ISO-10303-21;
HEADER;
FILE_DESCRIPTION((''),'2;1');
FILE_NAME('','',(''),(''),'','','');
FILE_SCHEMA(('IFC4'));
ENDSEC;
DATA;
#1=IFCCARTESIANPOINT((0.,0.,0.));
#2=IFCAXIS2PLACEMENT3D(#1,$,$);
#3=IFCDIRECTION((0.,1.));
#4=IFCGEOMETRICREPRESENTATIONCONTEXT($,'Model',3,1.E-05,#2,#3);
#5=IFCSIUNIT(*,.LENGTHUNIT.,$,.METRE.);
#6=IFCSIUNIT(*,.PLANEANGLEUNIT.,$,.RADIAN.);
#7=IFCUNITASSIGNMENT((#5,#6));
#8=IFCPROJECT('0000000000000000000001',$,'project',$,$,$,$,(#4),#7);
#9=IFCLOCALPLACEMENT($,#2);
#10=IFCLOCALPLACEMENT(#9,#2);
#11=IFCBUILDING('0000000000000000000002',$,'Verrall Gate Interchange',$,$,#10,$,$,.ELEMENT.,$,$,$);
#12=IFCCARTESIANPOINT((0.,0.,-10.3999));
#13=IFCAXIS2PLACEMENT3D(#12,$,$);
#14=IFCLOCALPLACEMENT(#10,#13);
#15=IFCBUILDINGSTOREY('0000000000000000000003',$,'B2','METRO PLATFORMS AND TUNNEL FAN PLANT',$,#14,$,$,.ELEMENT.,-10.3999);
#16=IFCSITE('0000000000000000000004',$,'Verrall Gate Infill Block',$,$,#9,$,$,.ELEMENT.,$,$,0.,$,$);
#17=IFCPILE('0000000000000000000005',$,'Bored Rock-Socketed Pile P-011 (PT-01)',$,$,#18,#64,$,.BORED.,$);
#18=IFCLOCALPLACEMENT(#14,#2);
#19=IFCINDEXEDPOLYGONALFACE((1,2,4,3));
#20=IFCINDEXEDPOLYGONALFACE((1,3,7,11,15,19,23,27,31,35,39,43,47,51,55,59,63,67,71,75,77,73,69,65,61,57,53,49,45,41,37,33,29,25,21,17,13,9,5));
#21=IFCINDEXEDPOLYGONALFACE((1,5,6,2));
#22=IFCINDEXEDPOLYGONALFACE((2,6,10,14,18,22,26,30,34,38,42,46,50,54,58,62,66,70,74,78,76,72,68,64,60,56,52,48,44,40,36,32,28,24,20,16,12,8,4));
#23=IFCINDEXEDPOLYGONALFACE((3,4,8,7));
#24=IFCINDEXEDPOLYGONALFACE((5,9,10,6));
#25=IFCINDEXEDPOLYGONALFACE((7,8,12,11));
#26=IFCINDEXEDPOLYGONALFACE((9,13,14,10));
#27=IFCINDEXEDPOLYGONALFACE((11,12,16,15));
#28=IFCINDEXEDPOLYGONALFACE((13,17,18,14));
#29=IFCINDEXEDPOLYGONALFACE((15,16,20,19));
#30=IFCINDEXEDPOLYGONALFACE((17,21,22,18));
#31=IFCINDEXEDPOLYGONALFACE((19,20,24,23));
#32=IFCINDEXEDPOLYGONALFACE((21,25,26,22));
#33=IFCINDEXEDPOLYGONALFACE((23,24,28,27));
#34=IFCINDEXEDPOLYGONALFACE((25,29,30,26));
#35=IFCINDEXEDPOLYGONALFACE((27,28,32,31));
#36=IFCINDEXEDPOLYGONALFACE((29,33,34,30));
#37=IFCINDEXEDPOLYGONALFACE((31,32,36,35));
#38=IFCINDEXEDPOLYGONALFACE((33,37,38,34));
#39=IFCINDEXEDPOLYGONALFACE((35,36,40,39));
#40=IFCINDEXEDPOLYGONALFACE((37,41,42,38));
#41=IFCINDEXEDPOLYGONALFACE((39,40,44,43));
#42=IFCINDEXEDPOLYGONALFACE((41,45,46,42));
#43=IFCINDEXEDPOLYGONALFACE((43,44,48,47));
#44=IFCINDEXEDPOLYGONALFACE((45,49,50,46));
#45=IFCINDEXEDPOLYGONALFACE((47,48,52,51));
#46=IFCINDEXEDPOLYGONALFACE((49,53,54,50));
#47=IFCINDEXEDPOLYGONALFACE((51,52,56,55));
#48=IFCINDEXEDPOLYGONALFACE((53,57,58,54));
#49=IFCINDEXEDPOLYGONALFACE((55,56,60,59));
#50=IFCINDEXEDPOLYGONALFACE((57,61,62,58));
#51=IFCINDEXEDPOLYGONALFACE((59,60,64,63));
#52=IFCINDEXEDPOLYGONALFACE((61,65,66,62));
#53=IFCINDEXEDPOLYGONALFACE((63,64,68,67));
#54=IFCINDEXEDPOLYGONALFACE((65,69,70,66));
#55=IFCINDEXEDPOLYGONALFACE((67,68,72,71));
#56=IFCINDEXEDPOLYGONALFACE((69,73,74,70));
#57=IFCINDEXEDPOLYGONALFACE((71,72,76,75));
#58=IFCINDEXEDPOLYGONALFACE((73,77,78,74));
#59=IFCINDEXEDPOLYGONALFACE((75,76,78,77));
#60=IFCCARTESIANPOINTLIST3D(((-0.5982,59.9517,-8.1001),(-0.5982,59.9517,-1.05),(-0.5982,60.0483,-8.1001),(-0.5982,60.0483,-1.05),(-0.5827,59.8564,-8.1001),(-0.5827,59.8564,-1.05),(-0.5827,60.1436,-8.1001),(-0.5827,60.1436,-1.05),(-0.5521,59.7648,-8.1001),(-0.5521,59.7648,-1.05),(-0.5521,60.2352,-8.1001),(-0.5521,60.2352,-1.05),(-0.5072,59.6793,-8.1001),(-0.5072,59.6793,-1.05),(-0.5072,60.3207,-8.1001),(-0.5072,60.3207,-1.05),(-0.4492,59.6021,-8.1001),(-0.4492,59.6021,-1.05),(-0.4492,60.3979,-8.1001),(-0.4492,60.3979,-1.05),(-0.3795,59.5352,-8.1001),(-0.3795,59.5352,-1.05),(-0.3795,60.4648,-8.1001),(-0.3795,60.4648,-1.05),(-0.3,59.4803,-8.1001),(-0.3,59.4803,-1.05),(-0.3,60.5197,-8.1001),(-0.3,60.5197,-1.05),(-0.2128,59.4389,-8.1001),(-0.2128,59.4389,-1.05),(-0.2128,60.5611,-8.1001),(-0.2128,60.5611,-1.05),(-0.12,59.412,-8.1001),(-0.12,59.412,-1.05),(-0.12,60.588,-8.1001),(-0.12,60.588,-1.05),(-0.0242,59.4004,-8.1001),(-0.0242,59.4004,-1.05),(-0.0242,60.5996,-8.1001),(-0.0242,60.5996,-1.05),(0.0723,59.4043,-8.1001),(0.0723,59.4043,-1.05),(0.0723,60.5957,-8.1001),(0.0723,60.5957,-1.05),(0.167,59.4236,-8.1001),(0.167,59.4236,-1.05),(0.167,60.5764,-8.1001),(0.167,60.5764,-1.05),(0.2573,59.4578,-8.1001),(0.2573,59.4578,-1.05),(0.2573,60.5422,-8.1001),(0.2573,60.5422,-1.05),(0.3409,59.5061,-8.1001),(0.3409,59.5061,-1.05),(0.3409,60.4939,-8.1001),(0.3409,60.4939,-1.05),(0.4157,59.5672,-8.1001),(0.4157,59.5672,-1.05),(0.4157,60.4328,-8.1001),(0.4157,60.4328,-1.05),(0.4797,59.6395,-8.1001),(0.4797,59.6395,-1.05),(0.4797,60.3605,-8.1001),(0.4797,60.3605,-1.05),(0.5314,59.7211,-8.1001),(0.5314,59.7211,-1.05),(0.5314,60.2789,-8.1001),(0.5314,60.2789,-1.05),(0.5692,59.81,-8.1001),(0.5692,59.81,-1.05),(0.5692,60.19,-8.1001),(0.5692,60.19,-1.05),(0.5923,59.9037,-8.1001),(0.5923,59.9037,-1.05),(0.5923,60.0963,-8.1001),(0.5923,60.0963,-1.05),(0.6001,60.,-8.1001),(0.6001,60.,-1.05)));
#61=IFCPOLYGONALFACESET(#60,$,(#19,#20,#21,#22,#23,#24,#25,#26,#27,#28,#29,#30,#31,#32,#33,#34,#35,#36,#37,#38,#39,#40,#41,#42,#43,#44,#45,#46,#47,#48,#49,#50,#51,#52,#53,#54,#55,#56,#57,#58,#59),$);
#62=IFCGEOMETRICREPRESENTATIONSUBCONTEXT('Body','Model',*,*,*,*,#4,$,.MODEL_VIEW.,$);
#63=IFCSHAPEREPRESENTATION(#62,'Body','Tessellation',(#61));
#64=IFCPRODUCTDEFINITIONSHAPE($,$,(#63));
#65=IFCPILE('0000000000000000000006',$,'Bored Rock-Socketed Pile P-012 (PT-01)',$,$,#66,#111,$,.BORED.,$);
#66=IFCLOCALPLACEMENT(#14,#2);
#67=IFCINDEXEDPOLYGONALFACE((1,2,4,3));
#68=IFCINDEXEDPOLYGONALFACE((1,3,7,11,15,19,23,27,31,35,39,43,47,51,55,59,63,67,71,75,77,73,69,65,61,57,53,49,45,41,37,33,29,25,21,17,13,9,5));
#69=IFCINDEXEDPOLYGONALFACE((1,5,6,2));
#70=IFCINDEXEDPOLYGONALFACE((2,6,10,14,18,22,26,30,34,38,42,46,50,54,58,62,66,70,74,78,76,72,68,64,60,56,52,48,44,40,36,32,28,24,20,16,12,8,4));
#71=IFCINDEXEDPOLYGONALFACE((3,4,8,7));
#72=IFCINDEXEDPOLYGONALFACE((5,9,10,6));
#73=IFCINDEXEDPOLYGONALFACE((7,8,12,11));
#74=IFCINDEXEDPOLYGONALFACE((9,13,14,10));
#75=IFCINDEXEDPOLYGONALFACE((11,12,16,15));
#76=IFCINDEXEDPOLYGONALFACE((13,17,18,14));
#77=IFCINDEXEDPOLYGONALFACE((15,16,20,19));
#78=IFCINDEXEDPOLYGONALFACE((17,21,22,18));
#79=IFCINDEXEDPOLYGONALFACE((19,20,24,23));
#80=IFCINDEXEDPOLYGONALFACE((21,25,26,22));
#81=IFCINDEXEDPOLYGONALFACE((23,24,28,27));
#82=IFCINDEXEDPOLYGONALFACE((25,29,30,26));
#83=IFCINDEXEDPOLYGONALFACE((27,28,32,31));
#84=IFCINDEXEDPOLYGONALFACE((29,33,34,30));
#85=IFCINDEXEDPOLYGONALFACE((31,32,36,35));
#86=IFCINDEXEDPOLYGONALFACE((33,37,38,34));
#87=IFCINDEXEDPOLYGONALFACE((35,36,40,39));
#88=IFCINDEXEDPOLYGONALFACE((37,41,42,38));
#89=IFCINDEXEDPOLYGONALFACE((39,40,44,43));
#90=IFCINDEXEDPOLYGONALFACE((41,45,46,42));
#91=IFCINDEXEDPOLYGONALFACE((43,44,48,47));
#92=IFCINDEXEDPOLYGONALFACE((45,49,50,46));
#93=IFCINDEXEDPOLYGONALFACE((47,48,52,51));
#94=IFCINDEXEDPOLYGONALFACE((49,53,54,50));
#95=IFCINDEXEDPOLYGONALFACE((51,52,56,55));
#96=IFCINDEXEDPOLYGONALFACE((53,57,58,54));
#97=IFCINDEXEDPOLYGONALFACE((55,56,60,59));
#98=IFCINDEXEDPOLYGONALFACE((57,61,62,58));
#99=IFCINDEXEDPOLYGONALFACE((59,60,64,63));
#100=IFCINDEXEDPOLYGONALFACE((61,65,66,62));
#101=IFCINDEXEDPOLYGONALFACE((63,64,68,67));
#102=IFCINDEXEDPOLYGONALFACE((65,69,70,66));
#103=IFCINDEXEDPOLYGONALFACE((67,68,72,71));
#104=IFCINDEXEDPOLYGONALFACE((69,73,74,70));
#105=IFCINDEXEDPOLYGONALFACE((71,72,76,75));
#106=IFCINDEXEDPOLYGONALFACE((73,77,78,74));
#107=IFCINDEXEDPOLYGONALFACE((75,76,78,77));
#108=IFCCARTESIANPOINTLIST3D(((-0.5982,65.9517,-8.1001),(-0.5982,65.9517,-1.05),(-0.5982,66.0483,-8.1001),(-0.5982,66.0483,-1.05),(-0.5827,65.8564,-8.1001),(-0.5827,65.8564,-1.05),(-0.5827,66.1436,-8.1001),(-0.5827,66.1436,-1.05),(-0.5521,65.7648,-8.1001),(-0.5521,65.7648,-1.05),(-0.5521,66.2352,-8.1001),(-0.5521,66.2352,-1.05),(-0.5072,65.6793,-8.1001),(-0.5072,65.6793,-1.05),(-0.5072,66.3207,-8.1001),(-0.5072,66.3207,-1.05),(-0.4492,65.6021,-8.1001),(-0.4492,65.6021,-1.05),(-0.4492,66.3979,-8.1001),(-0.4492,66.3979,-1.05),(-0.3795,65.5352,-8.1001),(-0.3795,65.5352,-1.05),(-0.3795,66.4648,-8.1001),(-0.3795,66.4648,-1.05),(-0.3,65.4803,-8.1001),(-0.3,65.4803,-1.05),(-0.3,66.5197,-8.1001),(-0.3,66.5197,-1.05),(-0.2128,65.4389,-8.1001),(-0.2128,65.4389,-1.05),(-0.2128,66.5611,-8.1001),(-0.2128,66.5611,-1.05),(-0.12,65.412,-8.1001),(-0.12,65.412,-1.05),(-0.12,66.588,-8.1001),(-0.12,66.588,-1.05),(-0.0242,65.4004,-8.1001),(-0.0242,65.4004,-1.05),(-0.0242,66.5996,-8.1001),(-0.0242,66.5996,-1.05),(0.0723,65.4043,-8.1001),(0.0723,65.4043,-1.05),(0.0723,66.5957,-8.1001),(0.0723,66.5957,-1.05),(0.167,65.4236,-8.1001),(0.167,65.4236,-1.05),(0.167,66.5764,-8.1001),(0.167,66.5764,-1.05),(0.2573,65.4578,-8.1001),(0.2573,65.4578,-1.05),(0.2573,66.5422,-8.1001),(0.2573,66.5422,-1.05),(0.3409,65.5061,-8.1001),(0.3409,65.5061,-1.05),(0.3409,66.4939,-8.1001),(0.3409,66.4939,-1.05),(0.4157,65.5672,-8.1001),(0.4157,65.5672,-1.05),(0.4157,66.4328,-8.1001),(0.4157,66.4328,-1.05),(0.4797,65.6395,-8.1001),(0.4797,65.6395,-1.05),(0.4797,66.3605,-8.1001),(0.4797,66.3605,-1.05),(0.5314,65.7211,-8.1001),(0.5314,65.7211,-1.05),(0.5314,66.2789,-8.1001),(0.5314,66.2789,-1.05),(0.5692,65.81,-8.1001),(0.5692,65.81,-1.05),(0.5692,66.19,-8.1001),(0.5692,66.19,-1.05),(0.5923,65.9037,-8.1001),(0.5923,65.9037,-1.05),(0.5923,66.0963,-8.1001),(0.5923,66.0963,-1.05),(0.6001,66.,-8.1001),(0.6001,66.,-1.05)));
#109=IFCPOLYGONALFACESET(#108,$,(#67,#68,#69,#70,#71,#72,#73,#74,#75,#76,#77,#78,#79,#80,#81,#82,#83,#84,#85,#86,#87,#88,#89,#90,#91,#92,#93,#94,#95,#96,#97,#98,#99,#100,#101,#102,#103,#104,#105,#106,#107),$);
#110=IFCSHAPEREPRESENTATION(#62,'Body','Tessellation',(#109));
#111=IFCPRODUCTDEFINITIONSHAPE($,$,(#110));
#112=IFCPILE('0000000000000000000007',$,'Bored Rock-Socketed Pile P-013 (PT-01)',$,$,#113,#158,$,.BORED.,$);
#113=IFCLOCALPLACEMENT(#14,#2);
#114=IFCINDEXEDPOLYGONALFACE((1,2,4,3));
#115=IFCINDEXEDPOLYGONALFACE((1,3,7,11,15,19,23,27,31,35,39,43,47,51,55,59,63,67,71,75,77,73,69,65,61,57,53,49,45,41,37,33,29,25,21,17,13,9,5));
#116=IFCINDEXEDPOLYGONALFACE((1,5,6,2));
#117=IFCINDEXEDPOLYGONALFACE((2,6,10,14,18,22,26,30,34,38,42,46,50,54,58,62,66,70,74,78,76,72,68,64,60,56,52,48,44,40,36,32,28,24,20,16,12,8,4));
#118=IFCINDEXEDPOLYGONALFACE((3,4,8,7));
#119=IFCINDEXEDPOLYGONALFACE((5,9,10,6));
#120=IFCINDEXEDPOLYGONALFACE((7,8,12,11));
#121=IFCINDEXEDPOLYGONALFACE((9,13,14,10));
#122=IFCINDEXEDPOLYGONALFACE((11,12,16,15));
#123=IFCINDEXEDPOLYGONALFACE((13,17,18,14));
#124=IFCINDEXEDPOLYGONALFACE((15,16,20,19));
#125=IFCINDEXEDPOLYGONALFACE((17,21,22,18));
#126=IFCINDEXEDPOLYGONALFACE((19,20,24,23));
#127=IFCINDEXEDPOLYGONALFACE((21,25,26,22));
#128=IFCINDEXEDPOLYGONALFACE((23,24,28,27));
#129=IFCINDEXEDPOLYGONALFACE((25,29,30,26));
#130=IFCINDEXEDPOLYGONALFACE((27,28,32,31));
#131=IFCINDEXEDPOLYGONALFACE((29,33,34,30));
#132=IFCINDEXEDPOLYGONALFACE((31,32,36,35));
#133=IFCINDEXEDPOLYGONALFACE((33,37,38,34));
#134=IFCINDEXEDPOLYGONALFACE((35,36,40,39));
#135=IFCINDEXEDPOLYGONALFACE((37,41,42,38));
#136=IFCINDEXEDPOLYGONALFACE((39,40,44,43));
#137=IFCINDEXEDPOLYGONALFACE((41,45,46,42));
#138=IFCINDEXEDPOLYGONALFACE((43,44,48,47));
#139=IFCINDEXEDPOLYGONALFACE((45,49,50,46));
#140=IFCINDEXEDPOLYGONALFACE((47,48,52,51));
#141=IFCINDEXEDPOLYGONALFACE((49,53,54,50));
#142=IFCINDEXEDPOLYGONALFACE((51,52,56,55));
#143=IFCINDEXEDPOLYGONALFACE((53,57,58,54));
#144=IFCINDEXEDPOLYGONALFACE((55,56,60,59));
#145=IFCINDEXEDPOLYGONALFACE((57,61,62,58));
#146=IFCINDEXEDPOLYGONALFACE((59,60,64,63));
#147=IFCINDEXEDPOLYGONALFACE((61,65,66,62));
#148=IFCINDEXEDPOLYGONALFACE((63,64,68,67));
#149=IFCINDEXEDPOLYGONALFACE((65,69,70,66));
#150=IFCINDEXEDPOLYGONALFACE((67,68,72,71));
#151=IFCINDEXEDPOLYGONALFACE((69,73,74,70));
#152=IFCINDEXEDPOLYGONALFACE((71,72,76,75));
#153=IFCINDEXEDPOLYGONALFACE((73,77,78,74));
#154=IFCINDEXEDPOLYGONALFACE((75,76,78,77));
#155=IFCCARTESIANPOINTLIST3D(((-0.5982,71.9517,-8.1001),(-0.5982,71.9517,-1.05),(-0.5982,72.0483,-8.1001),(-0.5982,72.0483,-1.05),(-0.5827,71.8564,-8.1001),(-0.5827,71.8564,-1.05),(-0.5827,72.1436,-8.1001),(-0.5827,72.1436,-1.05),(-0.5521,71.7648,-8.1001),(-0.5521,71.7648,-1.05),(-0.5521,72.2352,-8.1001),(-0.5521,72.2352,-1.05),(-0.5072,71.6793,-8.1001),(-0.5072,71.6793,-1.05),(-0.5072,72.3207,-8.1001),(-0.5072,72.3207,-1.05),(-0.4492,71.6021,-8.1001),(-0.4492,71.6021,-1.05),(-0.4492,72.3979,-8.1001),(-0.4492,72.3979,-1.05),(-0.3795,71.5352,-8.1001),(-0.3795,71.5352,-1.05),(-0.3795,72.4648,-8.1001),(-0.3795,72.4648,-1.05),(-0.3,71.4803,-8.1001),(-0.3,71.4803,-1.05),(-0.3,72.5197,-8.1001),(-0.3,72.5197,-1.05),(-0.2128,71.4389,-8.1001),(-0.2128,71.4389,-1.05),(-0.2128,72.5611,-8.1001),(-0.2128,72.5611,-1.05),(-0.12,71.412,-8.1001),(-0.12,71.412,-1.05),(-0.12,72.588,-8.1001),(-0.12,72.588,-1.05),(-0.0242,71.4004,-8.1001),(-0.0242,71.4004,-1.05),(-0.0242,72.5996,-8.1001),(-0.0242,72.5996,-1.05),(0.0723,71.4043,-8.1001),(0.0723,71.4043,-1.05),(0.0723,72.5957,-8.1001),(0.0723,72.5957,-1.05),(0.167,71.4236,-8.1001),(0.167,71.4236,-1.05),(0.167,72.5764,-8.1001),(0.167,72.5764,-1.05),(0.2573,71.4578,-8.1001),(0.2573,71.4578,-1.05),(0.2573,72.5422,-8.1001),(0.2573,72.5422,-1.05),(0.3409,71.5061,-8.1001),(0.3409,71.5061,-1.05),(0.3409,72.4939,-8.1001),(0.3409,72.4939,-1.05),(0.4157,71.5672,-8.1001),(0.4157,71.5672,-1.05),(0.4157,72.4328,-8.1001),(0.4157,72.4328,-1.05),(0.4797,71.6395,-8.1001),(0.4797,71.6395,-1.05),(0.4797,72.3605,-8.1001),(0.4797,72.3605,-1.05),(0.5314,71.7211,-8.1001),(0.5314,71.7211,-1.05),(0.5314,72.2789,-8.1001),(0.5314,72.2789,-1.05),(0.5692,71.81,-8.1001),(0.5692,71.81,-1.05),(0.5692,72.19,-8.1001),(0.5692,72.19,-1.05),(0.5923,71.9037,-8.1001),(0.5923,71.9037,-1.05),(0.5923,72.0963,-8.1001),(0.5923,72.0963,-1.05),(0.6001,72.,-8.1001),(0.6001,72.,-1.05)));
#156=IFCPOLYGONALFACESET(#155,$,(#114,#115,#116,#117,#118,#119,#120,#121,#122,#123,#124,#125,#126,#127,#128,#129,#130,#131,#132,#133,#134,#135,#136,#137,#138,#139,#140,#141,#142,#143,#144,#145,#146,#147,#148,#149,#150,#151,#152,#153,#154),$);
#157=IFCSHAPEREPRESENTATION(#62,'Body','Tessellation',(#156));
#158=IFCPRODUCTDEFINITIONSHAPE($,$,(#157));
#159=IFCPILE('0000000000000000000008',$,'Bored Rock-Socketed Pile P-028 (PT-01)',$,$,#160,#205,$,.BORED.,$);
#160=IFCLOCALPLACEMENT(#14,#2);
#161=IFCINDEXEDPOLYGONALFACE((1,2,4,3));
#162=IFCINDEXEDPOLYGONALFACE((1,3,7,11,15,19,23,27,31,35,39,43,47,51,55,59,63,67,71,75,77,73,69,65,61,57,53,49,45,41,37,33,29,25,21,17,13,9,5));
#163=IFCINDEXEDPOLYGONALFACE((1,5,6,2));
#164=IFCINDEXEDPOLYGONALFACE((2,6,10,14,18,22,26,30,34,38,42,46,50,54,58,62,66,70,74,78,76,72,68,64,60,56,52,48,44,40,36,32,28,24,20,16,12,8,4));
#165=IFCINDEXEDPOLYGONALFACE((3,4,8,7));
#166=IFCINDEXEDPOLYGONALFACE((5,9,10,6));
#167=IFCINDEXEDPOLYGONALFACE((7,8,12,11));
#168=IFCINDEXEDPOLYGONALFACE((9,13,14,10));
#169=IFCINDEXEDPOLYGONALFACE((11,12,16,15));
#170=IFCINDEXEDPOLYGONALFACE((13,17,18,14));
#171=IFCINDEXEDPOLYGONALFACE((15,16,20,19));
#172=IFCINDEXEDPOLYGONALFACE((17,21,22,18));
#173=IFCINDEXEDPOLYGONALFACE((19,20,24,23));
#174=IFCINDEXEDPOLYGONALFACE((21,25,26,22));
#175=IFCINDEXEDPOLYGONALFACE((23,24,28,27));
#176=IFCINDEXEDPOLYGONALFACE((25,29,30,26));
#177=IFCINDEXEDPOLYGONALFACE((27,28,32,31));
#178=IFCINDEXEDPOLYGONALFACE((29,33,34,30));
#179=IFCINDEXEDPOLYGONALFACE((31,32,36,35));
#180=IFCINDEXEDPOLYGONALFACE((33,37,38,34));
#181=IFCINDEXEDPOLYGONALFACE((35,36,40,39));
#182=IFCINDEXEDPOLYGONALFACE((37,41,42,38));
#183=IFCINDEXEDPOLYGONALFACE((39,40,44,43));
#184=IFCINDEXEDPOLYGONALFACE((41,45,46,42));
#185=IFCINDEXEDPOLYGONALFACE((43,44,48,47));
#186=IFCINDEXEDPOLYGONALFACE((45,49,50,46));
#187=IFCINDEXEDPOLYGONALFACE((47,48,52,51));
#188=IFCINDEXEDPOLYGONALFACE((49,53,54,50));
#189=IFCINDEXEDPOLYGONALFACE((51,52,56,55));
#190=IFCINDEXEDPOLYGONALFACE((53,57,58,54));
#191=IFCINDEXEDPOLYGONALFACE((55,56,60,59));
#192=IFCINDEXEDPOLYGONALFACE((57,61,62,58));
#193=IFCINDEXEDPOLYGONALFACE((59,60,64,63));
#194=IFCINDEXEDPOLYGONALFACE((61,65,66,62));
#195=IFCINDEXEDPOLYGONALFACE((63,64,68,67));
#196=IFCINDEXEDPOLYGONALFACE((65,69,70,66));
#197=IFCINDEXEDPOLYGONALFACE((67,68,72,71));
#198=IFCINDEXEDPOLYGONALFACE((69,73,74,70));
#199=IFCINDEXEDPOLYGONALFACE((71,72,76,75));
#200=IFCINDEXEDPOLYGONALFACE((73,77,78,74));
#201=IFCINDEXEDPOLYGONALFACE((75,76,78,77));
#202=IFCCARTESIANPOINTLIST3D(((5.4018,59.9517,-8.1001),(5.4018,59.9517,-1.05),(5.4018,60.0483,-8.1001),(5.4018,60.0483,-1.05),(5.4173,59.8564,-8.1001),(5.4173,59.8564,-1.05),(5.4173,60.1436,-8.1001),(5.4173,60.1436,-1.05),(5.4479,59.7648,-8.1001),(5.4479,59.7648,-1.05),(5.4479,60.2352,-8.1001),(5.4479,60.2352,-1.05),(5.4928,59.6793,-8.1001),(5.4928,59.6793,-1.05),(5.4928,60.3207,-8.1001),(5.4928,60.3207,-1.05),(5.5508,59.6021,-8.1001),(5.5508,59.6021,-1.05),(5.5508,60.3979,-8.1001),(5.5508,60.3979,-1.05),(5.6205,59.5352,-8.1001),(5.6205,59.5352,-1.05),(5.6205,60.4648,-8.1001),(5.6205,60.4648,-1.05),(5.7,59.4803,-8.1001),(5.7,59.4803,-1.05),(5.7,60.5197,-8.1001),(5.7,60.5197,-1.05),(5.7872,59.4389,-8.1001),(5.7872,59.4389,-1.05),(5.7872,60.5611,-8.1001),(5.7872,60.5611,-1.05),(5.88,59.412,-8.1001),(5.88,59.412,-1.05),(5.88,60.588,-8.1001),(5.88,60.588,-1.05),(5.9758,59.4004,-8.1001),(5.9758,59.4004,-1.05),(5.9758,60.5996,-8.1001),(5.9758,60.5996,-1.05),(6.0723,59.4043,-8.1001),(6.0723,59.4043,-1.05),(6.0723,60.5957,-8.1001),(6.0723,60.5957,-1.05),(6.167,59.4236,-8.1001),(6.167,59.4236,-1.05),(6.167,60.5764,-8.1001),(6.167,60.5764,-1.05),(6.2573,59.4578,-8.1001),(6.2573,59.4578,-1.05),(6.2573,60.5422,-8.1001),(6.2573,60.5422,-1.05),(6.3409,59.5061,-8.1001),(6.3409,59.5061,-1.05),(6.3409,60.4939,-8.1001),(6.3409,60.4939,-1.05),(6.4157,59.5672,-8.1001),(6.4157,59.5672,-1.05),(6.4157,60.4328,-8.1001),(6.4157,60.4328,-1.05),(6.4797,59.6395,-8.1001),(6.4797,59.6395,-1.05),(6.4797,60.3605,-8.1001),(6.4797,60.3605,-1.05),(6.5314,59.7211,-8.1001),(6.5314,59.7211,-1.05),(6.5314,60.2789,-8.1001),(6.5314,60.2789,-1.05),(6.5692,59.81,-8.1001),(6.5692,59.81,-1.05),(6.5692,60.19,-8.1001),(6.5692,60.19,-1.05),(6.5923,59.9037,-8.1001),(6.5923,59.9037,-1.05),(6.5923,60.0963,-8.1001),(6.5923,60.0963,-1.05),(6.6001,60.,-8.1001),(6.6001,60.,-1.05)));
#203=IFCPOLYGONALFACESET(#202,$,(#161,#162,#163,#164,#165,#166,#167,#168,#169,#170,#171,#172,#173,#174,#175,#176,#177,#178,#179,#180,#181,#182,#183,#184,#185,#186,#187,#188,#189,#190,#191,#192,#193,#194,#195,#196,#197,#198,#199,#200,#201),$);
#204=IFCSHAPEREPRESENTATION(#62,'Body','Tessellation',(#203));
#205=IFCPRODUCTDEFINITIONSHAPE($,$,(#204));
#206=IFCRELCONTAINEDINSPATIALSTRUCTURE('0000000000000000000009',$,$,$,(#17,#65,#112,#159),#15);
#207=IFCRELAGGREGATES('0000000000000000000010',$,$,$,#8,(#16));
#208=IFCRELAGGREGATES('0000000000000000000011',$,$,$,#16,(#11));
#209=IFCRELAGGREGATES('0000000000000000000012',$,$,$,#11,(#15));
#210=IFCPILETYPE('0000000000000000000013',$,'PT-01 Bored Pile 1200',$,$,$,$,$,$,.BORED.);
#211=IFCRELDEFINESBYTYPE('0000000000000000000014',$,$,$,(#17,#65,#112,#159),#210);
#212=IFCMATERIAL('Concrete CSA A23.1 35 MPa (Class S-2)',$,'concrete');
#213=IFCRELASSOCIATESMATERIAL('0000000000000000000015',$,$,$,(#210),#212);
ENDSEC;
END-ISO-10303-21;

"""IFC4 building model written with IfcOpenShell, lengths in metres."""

from ifc_helpers import new_model, si_unit, direction, frame, origin, origin_2d, place, context, subcontext, project, spatial, circle, extrude, material, material_profile, profile_set, type_object, element, save


model = new_model("IFC4")

# Units and contexts
model_context = context("Model", 3, precision=1e-05, world=origin(), true_north=direction((0.0, 1.0)))
body_context = subcontext(model_context, "Body", "Model", "MODEL_VIEW")
ifc_project = project(units=[si_unit("LENGTHUNIT", "METRE"), si_unit("PLANEANGLEUNIT", "RADIAN")], contexts=[model_context])

# Site, building, storey
site_placement = place(None, origin())
site = spatial("IfcSite", under=ifc_project, at=site_placement, Name="Verrall Gate Infill Block", CompositionType="ELEMENT", RefElevation=0.0)
building_placement = place(site_placement, origin())
building = spatial("IfcBuilding", under=site, at=building_placement, Name="Verrall Gate Interchange", CompositionType="ELEMENT")
storey_placement = place(building_placement, frame((0.0, 0.0, -10.3999)))
storey = spatial("IfcBuildingStorey", under=building, at=storey_placement, Name="B2", Description="METRO PLATFORMS AND TUNNEL FAN PLANT", CompositionType="ELEMENT", Elevation=-10.3999)

# Piles
ifc_material_1 = material(Name="Concrete CSA A23.1 35 MPa (Class S-2)", Category="concrete")
ifc_material_profile_1 = material_profile(ifc_material_1, circle(Radius=0.6001, at=origin_2d()), Name="PILE1200D")
ifc_profile_set_1 = profile_set([ifc_material_profile_1], Name="Concrete CSA A23.1 35 MPa (Class S-2)")
pile_type = type_object("IfcPileType", Name="PT-01 Bored Pile 1200", PredefinedType="BORED", material=ifc_profile_set_1)
for number, where, z_axis, x_axis, name in (
    (1, (0.0, 60.0, -1.05), (0.0, 0.0, -1.0), (1.0, 0.0, 0.0), "Bored Rock-Socketed Pile P-011 (PT-01)"),
    (2, (0.0, 66.0, -1.05), (0.0, 0.0, -1.0), (1.0, 0.0, 0.0), "Bored Rock-Socketed Pile P-012 (PT-01)"),
    (3, (0.0, 72.0, -1.05), (0.0, 0.0, -1.0), (1.0, 0.0, 0.0), "Bored Rock-Socketed Pile P-013 (PT-01)"),
    (4, (6.0, 60.0, -1.05), (0.0, 0.0, -1.0), (1.0, 0.0, 0.0), "Bored Rock-Socketed Pile P-028 (PT-01)"),
):
    element("IfcPile", number, at=place(storey_placement, frame(where, z_axis=z_axis, x_axis=x_axis)), inside=storey, type_object=pile_type, Name=name, PredefinedType="BORED", context=body_context, shape_type="SweptSolid", body=[
        extrude(circle(Radius=0.6001, at=origin_2d()), origin(), (0.0, 0.0, 1.0), 7.05),
    ])

save(model, "model.ifc")
